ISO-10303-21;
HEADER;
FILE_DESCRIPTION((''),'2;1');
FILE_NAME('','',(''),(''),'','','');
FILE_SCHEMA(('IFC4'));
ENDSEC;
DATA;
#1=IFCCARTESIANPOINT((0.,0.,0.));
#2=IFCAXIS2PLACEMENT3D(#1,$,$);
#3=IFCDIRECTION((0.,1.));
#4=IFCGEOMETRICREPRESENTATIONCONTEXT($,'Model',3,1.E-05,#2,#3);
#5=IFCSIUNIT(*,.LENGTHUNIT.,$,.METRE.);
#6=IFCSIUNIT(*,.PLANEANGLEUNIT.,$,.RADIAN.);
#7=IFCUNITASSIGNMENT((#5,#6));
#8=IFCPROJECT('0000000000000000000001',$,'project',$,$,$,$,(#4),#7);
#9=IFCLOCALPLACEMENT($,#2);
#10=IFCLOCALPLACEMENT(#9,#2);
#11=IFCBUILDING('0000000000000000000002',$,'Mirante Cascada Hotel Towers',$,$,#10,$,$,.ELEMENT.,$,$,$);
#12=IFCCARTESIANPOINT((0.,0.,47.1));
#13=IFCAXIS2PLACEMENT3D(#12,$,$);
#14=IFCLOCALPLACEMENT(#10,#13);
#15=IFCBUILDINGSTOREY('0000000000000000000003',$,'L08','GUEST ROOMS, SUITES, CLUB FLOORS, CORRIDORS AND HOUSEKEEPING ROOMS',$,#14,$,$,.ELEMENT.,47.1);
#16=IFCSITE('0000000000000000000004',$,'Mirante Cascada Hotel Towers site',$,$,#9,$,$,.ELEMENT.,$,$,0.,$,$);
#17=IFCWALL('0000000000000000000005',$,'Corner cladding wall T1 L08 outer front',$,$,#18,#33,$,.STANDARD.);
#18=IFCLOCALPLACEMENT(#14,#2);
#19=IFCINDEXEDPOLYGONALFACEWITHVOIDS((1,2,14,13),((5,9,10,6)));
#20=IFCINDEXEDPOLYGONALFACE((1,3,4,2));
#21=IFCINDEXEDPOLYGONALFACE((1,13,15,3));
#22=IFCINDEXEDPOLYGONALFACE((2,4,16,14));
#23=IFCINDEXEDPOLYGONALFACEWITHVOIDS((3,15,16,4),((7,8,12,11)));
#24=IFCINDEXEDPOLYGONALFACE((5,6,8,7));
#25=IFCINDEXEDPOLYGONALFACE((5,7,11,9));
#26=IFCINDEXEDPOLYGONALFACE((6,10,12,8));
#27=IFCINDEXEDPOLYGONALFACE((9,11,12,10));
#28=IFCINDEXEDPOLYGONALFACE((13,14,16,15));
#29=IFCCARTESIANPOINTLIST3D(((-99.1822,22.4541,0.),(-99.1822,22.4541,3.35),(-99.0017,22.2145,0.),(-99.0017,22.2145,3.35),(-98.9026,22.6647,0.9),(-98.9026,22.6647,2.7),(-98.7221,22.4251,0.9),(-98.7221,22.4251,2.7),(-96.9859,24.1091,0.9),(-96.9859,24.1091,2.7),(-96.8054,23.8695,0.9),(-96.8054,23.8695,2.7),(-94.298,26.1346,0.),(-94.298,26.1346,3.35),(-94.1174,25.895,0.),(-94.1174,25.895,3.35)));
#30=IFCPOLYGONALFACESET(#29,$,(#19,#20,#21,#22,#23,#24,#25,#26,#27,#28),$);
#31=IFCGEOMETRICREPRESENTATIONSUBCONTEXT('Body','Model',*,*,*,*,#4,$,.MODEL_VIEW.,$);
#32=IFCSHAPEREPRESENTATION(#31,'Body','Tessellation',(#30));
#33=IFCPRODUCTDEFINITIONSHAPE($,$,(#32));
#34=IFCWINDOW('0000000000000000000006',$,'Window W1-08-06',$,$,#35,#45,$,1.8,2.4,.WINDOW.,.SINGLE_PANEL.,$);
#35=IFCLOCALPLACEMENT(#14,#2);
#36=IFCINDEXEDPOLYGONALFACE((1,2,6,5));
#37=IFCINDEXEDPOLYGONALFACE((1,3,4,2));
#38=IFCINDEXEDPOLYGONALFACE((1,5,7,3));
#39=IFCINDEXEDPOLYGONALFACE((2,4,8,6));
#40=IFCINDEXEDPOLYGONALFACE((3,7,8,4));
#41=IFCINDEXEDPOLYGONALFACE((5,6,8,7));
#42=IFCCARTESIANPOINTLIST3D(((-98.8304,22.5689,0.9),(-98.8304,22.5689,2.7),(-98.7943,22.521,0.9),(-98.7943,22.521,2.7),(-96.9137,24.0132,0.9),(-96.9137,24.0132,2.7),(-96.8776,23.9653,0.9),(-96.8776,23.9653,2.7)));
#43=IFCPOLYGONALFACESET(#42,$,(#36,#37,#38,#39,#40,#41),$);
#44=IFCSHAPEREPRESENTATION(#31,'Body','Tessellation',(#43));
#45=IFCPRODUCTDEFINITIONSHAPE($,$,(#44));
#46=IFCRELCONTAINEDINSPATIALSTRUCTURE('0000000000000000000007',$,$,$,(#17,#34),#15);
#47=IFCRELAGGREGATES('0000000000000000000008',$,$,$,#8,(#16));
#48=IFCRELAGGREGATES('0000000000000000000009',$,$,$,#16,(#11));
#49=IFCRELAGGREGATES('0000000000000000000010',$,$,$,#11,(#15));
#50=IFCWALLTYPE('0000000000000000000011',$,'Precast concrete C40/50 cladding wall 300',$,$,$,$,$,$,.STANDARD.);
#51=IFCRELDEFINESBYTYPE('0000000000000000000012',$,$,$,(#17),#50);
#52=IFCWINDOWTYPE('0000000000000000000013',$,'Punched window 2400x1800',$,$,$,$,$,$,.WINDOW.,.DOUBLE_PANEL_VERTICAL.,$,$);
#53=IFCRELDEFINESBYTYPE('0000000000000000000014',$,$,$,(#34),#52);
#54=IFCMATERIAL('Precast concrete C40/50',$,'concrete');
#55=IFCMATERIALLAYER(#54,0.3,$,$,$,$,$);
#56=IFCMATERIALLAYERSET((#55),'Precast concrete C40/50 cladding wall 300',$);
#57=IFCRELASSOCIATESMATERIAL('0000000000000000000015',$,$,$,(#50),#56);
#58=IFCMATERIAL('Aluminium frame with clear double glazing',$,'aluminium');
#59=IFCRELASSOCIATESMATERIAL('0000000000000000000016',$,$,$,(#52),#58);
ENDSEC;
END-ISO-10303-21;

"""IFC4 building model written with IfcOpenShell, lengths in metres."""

from ifc_helpers import new_model, si_unit, direction, frame, frame_2d, origin, place, context, subcontext, project, spatial, rectangle, extrude, material, layer, layer_set, type_object, element, fill, save


model = new_model("IFC4")

# Units and contexts
model_context = context("Model", 3, precision=1e-05, world=origin(), true_north=direction((0.0, 1.0)))
body_context = subcontext(model_context, "Body", "Model", "MODEL_VIEW")
ifc_project = project(units=[si_unit("LENGTHUNIT", "METRE"), si_unit("PLANEANGLEUNIT", "RADIAN")], contexts=[model_context])

# Site, building, storey
site_placement = place(None, origin())
site = spatial("IfcSite", under=ifc_project, at=site_placement, Name="Mirante Cascada Hotel Towers site", CompositionType="ELEMENT", RefElevation=0.0)
building_placement = place(site_placement, origin())
building = spatial("IfcBuilding", under=site, at=building_placement, Name="Mirante Cascada Hotel Towers", CompositionType="ELEMENT")
storey_placement = place(building_placement, frame((0.0, 0.0, 47.1)))
storey = spatial("IfcBuildingStorey", under=building, at=storey_placement, Name="L08", Description="GUEST ROOMS, SUITES, CLUB FLOORS, CORRIDORS AND HOUSEKEEPING ROOMS", CompositionType="ELEMENT", Elevation=47.1)

# Wall, opening, window
ifc_material_1 = material(Name="Precast concrete C40/50", Category="concrete")
ifc_layer_1 = layer(ifc_material_1, 0.3)
ifc_layer_set_1 = layer_set([ifc_layer_1], Name="Precast concrete C40/50 cladding wall 300")
wall_type_1 = type_object("IfcWallType", Name="Precast concrete C40/50 cladding wall 300", PredefinedType="STANDARD", material=ifc_layer_set_1)
wall_1_placement = place(storey_placement, frame((-99.0919, 22.3343, 0.0), z_axis=(0.0, 0.0, 1.0), x_axis=(0.798636, 0.601814, 0.0)))
wall_1 = element("IfcWall", 1, at=wall_1_placement, inside=storey, type_object=wall_type_1, Name="Corner cladding wall T1 L08 outer front", PredefinedType="STANDARD", context=body_context, shape_type="SweptSolid", body=[
    extrude(rectangle(XDim=6.1157, YDim=0.3, at=frame_2d((3.0578, 0.0))), origin(), (0.0, 0.0, 1.0), 3.35),
])
opening_1_placement = place(wall_1_placement, frame((0.35, 0.0, 0.9)))
opening_1 = element("IfcOpeningElement", 2, at=opening_1_placement, cuts=wall_1, PredefinedType="OPENING", context=body_context, shape_type="SweptSolid", body=[
    extrude(rectangle(XDim=2.4, YDim=1.8, at=frame_2d((1.2, 0.9))), frame((0.0, 0.15, 0.0), z_axis=(0.0, -1.0, 0.0), x_axis=(1.0, 0.0, 0.0)), (0.0, 0.0, 1.0), 0.3),
])
ifc_material_2 = material(Name="Aluminium frame with clear double glazing", Category="aluminium")
window_type = type_object("IfcWindowType", Name="Punched window 2400x1800", PartitioningType="DOUBLE_PANEL_VERTICAL", PredefinedType="WINDOW", material=ifc_material_2)
window_placement = place(opening_1_placement, origin())
window = element("IfcWindow", 3, at=window_placement, inside=storey, type_object=window_type, Name="Window W1-08-06", OverallHeight=1.8, OverallWidth=2.4, PartitioningType="SINGLE_PANEL", PredefinedType="WINDOW", context=body_context, shape_type="SweptSolid", body=[
    extrude(rectangle(XDim=2.4, YDim=1.8, at=frame_2d((1.2, 0.9))), frame((0.0, 0.03, 0.0), z_axis=(0.0, -1.0, 0.0), x_axis=(1.0, 0.0, 0.0)), (0.0, 0.0, 1.0), 0.06),
])
fill(opening_1, window)

save(model, "model.ifc")
